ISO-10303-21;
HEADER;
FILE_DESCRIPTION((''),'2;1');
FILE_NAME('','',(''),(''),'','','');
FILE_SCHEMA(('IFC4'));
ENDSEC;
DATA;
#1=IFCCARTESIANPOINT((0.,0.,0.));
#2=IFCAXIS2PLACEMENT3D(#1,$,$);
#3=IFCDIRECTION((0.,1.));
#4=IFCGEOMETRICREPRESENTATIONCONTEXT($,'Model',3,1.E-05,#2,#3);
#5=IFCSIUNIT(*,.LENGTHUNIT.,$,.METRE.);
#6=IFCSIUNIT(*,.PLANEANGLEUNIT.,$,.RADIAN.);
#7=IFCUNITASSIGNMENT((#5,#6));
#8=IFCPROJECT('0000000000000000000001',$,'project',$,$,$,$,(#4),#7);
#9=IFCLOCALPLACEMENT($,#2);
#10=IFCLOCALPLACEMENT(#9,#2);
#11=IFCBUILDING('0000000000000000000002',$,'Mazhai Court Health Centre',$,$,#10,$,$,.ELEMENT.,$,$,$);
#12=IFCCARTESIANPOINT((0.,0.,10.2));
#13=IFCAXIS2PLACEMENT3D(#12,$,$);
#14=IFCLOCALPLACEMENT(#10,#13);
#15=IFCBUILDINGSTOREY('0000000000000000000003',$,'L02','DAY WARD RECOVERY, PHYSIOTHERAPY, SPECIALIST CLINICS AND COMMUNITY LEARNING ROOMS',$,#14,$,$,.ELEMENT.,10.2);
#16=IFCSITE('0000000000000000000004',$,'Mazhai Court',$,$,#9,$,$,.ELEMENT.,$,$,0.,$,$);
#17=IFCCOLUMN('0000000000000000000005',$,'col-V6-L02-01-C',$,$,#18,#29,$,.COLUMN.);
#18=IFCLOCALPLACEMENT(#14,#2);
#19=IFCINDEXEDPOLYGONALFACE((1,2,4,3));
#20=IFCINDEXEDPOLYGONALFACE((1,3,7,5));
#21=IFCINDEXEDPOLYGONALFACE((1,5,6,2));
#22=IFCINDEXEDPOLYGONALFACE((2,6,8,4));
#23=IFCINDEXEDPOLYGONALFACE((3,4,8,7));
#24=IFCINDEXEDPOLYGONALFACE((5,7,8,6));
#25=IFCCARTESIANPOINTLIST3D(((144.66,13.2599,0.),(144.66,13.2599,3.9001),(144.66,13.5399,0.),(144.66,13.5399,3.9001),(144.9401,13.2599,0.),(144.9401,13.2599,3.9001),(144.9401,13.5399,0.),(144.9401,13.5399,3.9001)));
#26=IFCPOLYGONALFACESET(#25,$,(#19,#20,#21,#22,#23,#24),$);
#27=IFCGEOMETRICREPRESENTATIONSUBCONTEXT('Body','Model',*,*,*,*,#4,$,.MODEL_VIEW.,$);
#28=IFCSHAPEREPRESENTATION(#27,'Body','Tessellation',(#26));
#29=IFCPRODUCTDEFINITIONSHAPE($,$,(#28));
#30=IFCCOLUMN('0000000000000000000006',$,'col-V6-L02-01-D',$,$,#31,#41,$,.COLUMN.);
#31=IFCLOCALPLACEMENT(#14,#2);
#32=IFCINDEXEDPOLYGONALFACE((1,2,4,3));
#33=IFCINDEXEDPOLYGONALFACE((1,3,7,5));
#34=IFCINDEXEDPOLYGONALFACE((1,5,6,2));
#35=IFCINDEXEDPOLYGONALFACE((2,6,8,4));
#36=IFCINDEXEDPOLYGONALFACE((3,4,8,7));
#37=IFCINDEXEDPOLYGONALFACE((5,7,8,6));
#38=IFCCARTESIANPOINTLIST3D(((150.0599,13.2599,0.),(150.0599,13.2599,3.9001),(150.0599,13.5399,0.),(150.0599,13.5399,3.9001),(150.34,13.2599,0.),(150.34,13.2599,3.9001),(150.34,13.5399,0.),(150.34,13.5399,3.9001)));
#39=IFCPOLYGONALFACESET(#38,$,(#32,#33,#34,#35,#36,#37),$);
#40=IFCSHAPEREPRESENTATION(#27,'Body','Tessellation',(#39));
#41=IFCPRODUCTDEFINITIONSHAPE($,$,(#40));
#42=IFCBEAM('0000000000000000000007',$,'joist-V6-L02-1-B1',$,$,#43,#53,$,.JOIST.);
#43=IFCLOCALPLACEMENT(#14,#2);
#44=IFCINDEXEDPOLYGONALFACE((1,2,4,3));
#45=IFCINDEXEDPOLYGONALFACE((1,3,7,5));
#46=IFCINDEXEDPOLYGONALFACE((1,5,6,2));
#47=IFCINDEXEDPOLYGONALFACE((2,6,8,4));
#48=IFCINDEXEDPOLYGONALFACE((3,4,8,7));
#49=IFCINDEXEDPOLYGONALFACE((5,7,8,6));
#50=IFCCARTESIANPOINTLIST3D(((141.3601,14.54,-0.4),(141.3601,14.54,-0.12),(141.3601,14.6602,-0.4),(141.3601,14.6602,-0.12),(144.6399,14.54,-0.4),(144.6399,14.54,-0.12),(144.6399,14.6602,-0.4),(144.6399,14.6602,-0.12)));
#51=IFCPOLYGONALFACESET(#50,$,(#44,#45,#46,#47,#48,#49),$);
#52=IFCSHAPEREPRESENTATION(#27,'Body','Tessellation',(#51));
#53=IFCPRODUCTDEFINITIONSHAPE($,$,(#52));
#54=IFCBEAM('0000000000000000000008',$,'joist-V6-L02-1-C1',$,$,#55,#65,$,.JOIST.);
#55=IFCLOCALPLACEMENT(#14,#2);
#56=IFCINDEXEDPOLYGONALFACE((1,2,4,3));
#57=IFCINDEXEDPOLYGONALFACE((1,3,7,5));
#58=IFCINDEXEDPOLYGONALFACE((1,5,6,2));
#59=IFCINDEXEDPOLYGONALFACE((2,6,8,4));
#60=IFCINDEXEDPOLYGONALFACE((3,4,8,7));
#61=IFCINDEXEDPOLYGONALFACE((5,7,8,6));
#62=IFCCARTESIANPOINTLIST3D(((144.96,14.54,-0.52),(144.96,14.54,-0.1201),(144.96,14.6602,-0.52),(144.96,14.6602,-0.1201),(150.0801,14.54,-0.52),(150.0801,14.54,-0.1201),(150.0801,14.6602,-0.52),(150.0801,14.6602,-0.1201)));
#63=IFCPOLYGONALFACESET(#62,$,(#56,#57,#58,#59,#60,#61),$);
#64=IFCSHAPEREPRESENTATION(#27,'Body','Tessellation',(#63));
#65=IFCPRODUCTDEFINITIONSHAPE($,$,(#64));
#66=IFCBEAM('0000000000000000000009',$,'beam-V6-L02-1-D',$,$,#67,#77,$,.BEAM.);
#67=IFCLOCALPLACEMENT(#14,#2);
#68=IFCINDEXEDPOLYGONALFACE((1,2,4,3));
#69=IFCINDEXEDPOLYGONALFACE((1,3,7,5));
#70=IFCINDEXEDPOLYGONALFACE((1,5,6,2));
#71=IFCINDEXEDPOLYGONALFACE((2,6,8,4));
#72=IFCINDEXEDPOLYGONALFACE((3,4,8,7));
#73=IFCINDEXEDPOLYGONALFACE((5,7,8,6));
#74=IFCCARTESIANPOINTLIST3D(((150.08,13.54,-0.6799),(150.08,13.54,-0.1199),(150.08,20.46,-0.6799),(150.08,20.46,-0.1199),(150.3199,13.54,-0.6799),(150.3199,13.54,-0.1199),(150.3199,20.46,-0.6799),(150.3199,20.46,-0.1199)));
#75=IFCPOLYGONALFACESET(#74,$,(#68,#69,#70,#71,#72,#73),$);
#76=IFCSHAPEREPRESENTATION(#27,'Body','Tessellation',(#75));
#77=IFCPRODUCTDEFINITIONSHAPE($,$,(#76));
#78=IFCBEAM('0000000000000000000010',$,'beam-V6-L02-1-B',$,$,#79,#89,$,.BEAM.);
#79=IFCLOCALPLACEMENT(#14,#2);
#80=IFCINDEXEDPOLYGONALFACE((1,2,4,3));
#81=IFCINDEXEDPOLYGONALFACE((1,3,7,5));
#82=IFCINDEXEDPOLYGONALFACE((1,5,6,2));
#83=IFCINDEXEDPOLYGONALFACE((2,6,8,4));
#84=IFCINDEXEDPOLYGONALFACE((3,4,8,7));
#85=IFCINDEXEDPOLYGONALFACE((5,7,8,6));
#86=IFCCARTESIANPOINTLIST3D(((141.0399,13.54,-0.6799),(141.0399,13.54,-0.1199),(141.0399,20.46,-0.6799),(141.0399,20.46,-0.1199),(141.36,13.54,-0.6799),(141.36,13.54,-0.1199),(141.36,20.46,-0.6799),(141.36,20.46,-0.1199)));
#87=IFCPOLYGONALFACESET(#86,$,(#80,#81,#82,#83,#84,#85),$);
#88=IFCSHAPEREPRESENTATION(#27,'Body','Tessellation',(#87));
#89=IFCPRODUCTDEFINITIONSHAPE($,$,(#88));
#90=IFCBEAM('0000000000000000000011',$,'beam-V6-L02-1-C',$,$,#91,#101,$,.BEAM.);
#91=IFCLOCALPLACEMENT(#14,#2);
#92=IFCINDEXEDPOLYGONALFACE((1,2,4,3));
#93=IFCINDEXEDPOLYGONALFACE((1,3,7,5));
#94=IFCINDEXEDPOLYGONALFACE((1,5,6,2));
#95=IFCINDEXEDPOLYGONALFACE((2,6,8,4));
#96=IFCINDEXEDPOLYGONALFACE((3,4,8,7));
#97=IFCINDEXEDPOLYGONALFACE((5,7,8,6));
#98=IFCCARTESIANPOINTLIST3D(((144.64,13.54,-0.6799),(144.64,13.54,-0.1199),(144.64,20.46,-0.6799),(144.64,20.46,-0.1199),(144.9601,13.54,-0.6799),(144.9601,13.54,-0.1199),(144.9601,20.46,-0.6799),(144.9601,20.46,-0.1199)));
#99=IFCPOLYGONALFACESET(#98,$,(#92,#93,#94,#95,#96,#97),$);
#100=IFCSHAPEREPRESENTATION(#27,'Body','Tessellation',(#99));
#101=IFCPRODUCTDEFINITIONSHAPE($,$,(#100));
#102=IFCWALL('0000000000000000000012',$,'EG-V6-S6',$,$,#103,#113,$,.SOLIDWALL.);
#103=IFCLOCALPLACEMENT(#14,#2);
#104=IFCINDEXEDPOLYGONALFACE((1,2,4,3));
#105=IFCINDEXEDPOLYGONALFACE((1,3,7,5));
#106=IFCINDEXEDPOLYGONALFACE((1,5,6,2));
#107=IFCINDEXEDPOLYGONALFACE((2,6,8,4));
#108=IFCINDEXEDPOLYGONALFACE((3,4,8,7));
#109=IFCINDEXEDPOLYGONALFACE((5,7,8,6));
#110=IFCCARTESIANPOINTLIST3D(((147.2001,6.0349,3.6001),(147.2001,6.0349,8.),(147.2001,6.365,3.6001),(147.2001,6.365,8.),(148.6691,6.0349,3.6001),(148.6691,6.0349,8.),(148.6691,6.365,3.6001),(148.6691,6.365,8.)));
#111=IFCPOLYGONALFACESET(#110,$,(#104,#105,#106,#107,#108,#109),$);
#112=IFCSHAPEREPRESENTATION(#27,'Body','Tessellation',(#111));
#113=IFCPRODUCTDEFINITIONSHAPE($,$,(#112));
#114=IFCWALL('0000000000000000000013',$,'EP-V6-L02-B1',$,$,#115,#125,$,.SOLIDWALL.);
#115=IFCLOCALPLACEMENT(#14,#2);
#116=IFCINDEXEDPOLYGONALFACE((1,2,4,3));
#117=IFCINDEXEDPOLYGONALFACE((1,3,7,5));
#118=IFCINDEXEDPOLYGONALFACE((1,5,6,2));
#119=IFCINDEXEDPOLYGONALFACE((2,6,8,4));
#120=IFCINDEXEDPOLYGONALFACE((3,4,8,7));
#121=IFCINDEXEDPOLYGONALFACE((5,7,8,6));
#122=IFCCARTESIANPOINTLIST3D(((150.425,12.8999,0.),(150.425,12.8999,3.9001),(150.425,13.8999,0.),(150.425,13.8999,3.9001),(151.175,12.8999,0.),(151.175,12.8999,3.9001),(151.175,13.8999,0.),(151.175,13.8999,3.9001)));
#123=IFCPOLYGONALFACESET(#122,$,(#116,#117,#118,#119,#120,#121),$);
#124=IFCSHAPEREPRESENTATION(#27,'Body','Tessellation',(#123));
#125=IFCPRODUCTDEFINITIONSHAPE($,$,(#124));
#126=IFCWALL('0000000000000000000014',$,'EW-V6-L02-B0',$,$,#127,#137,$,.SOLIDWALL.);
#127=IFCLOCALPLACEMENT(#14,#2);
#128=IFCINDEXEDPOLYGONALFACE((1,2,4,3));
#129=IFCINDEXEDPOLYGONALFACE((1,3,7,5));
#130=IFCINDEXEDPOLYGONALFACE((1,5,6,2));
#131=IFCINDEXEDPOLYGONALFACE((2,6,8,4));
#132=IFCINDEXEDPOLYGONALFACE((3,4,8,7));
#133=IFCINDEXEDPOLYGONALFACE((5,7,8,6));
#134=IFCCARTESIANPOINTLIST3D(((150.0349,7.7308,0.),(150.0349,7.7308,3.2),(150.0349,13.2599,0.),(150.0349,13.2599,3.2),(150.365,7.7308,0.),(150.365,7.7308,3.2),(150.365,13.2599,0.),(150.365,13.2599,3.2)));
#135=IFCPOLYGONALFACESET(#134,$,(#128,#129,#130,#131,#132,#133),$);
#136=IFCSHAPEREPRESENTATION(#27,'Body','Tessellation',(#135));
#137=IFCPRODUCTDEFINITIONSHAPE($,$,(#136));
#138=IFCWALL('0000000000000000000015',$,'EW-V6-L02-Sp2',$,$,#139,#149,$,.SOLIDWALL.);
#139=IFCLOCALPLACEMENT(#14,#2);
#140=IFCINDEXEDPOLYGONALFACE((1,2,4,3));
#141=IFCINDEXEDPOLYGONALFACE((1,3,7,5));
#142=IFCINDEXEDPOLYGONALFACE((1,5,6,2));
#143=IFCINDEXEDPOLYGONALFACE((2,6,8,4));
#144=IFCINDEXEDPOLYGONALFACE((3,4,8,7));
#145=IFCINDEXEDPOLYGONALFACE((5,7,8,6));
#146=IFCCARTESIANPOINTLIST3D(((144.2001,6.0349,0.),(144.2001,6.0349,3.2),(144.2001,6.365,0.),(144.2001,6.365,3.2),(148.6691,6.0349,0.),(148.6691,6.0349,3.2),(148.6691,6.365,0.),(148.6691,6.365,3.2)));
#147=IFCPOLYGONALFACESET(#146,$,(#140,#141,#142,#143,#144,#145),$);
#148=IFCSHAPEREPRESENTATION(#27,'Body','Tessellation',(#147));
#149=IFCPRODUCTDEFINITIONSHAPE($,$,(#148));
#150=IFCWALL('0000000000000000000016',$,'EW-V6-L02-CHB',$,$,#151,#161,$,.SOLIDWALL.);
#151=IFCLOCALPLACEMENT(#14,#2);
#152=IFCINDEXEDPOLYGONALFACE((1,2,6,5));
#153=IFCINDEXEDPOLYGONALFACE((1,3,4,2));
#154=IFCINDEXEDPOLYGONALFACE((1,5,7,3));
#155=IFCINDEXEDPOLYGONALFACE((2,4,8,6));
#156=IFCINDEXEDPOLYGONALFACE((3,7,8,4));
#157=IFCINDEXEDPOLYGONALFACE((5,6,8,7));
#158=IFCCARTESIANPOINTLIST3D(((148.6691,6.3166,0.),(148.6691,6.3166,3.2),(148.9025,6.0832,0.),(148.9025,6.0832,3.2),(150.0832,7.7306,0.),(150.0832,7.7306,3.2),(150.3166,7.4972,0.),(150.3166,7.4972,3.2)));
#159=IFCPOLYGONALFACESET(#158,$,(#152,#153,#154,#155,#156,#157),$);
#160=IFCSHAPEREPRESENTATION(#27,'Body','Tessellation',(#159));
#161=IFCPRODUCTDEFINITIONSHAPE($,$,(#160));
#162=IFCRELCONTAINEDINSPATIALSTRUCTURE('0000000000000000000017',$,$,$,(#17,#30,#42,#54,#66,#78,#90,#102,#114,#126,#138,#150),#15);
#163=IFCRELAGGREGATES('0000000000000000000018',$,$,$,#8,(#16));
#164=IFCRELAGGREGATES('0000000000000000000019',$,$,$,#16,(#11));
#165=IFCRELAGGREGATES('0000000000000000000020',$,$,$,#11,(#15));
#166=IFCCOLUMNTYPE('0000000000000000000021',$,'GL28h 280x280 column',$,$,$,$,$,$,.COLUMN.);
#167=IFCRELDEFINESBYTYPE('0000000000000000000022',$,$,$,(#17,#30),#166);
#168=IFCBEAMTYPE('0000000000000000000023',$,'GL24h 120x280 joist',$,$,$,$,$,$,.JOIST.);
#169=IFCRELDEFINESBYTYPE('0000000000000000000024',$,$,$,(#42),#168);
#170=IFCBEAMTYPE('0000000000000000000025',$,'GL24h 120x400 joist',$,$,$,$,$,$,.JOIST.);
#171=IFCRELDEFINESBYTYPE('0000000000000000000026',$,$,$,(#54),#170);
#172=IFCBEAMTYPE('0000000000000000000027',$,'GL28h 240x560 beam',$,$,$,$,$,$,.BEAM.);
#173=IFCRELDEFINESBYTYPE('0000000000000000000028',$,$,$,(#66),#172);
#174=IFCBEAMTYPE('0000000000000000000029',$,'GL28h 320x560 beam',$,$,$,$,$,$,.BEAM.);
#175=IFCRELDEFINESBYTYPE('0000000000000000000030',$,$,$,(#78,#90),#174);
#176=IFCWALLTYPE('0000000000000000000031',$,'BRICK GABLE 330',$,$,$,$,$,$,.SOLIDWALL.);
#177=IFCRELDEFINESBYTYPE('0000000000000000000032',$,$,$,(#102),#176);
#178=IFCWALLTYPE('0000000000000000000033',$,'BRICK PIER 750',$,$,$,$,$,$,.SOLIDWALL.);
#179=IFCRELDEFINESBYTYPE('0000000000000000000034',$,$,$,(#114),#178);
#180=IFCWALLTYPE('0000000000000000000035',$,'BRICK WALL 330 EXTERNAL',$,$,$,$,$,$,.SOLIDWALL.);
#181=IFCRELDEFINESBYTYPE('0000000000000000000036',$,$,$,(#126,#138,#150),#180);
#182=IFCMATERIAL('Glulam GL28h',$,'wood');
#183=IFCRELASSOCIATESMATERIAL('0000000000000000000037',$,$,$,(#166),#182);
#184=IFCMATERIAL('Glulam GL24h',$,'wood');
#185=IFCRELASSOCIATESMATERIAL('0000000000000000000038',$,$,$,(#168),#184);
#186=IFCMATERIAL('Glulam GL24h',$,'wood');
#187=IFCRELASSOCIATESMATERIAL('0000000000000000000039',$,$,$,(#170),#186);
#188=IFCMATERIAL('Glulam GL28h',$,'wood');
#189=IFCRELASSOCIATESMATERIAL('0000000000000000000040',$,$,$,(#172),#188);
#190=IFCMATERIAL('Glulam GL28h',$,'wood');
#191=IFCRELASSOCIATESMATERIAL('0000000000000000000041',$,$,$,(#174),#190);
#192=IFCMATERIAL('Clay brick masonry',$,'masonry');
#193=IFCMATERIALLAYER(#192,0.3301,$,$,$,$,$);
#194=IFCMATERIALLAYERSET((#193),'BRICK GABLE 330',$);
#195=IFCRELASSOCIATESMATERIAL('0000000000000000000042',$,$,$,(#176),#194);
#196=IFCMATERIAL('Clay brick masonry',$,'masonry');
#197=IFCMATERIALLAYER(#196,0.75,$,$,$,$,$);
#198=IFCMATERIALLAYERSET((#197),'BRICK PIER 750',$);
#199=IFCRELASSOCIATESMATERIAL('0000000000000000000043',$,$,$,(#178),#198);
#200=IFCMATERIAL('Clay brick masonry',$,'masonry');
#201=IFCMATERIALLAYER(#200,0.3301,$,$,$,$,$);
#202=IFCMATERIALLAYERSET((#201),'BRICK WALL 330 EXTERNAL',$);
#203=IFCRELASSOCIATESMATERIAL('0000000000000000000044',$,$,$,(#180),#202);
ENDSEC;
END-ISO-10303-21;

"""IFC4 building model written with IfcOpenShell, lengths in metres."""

from ifc_helpers import new_model, si_unit, direction, frame, frame_2d, origin, origin_2d, place, context, subcontext, project, spatial, rectangle, extrude, material, layer, layer_set, material_profile, profile_set, type_object, element, save


model = new_model("IFC4")

# Units and contexts
model_context = context("Model", 3, precision=1e-05, world=origin(), true_north=direction((0.0, 1.0)))
body_context = subcontext(model_context, "Body", "Model", "MODEL_VIEW")
ifc_project = project(units=[si_unit("LENGTHUNIT", "METRE"), si_unit("PLANEANGLEUNIT", "RADIAN")], contexts=[model_context])

# Site, building, storey
site_placement = place(None, origin())
site = spatial("IfcSite", under=ifc_project, at=site_placement, Name="Mazhai Court", CompositionType="ELEMENT", RefElevation=0.0)
building_placement = place(site_placement, origin())
building = spatial("IfcBuilding", under=site, at=building_placement, Name="Mazhai Court Health Centre", CompositionType="ELEMENT")
storey_placement = place(building_placement, frame((0.0, 0.0, 10.2)))
storey = spatial("IfcBuildingStorey", under=building, at=storey_placement, Name="L02", Description="DAY WARD RECOVERY, PHYSIOTHERAPY, SPECIALIST CLINICS AND COMMUNITY LEARNING ROOMS", CompositionType="ELEMENT", Elevation=10.2)

# Columns
ifc_material_1 = material(Name="Glulam GL28h", Category="wood")
ifc_material_profile_1 = material_profile(ifc_material_1, rectangle(XDim=0.28, YDim=0.28, at=origin_2d()), Name="GL28h 280x280")
ifc_profile_set_1 = profile_set([ifc_material_profile_1], Name="Glulam GL28h")
column_type = type_object("IfcColumnType", Name="GL28h 280x280 column", PredefinedType="COLUMN", material=ifc_profile_set_1)
for number, where, z_axis, x_axis, name in (
    (1, (144.8, 13.3999, 0.0), (0.0, 0.0, 1.0), (1.0, 0.0, 0.0), "col-V6-L02-01-C"),
    (2, (150.2, 13.3999, 0.0), (0.0, 0.0, 1.0), (1.0, 0.0, 0.0), "col-V6-L02-01-D"),
):
    element("IfcColumn", number, at=place(storey_placement, frame(where, z_axis=z_axis, x_axis=x_axis)), inside=storey, type_object=column_type, Name=name, PredefinedType="COLUMN", context=body_context, shape_type="SweptSolid", body=[
        extrude(rectangle(XDim=0.28, YDim=0.28, at=origin_2d()), origin(), (0.0, 0.0, 1.0), 3.9001),
    ])

# Beams
ifc_material_2 = material(Name="Glulam GL24h", Category="wood")
ifc_material_profile_2 = material_profile(ifc_material_2, rectangle(XDim=0.1201, YDim=0.28, at=origin_2d()), Name="GL24h 120x280")
ifc_profile_set_2 = profile_set([ifc_material_profile_2], Name="Glulam GL24h")
beam_type_1 = type_object("IfcBeamType", Name="GL24h 120x280 joist", PredefinedType="JOIST", material=ifc_profile_set_2)
beam_1_placement = place(storey_placement, frame((141.3601, 14.6001, -0.26), z_axis=(1.0, 0.0, 0.0), x_axis=(0.0, 1.0, 0.0)))
element("IfcBeam", 3, at=beam_1_placement, inside=storey, type_object=beam_type_1, Name="joist-V6-L02-1-B1", PredefinedType="JOIST", context=body_context, shape_type="SweptSolid", body=[
    extrude(rectangle(XDim=0.1201, YDim=0.28, at=origin_2d()), origin(), (0.0, 0.0, 1.0), 3.2798),
])
ifc_material_3 = material(Name="Glulam GL24h", Category="wood")
ifc_material_profile_3 = material_profile(ifc_material_3, rectangle(XDim=0.1201, YDim=0.3999, at=origin_2d()), Name="GL24h 120x400")
ifc_profile_set_3 = profile_set([ifc_material_profile_3], Name="Glulam GL24h")
beam_type_2 = type_object("IfcBeamType", Name="GL24h 120x400 joist", PredefinedType="JOIST", material=ifc_profile_set_3)
beam_2_placement = place(storey_placement, frame((144.96, 14.6001, -0.3201), z_axis=(1.0, 0.0, 0.0), x_axis=(0.0, 1.0, 0.0)))
element("IfcBeam", 4, at=beam_2_placement, inside=storey, type_object=beam_type_2, Name="joist-V6-L02-1-C1", PredefinedType="JOIST", context=body_context, shape_type="SweptSolid", body=[
    extrude(rectangle(XDim=0.1201, YDim=0.3999, at=origin_2d()), origin(), (0.0, 0.0, 1.0), 5.1201),
])
ifc_material_4 = material(Name="Glulam GL28h", Category="wood")
ifc_material_profile_4 = material_profile(ifc_material_4, rectangle(XDim=0.24, YDim=0.5601, at=origin_2d()), Name="GL28h 240x560")
ifc_profile_set_4 = profile_set([ifc_material_profile_4], Name="Glulam GL28h")
beam_type_3 = type_object("IfcBeamType", Name="GL28h 240x560 beam", PredefinedType="BEAM", material=ifc_profile_set_4)
beam_3_placement = place(storey_placement, frame((150.2, 13.54, -0.3999), z_axis=(0.0, 1.0, 0.0), x_axis=(-1.0, 0.0, 0.0)))
element("IfcBeam", 5, at=beam_3_placement, inside=storey, type_object=beam_type_3, Name="beam-V6-L02-1-D", PredefinedType="BEAM", context=body_context, shape_type="SweptSolid", body=[
    extrude(rectangle(XDim=0.24, YDim=0.5601, at=origin_2d()), origin(), (0.0, 0.0, 1.0), 6.9199),
])
ifc_material_5 = material(Name="Glulam GL28h", Category="wood")
ifc_material_profile_5 = material_profile(ifc_material_5, rectangle(XDim=0.3201, YDim=0.5601, at=origin_2d()), Name="GL28h 320x560")
ifc_profile_set_5 = profile_set([ifc_material_profile_5], Name="Glulam GL28h")
beam_type_4 = type_object("IfcBeamType", Name="GL28h 320x560 beam", PredefinedType="BEAM", material=ifc_profile_set_5)
for number, where, z_axis, x_axis, name in (
    (6, (141.2, 13.54, -0.3999), (0.0, 1.0, 0.0), (-1.0, 0.0, 0.0), "beam-V6-L02-1-B"),
    (7, (144.8, 13.54, -0.3999), (0.0, 1.0, 0.0), (-1.0, 0.0, 0.0), "beam-V6-L02-1-C"),
):
    element("IfcBeam", number, at=place(storey_placement, frame(where, z_axis=z_axis, x_axis=x_axis)), inside=storey, type_object=beam_type_4, Name=name, PredefinedType="BEAM", context=body_context, shape_type="SweptSolid", body=[
        extrude(rectangle(XDim=0.3201, YDim=0.5601, at=origin_2d()), origin(), (0.0, 0.0, 1.0), 6.9199),
    ])

# Walls
ifc_material_6 = material(Name="Clay brick masonry", Category="masonry")
ifc_layer_1 = layer(ifc_material_6, 0.3301)
ifc_layer_set_1 = layer_set([ifc_layer_1], Name="BRICK GABLE 330")
wall_type_1 = type_object("IfcWallType", Name="BRICK GABLE 330", PredefinedType="SOLIDWALL", material=ifc_layer_set_1)
wall_1_placement = place(storey_placement, frame((148.6689, 6.2, 3.6001), z_axis=(0.0, 0.0, 1.0), x_axis=(-1.0, 0.0, 0.0)))
element("IfcWall", 8, at=wall_1_placement, inside=storey, type_object=wall_type_1, Name="EG-V6-S6", PredefinedType="SOLIDWALL", context=body_context, shape_type="SweptSolid", body=[
    extrude(rectangle(XDim=1.469, YDim=0.3301, at=frame_2d((0.7344, 0.0))), origin(), (0.0, 0.0, 1.0), 4.3999),
])
ifc_material_7 = material(Name="Clay brick masonry", Category="masonry")
ifc_layer_2 = layer(ifc_material_7, 0.75)
ifc_layer_set_2 = layer_set([ifc_layer_2], Name="BRICK PIER 750")
wall_type_2 = type_object("IfcWallType", Name="BRICK PIER 750", PredefinedType="SOLIDWALL", material=ifc_layer_set_2)
wall_2_placement = place(storey_placement, frame((150.8, 13.8999, 0.0), z_axis=(0.0, 0.0, 1.0), x_axis=(0.0, -1.0, 0.0)))
element("IfcWall", 9, at=wall_2_placement, inside=storey, type_object=wall_type_2, Name="EP-V6-L02-B1", PredefinedType="SOLIDWALL", context=body_context, shape_type="SweptSolid", body=[
    extrude(rectangle(XDim=1.0, YDim=0.75, at=frame_2d((0.5, 0.0))), origin(), (0.0, 0.0, 1.0), 3.9001),
])
ifc_material_8 = material(Name="Clay brick masonry", Category="masonry")
ifc_layer_3 = layer(ifc_material_8, 0.3301)
ifc_layer_set_3 = layer_set([ifc_layer_3], Name="BRICK WALL 330 EXTERNAL")
wall_type_3 = type_object("IfcWallType", Name="BRICK WALL 330 EXTERNAL", PredefinedType="SOLIDWALL", material=ifc_layer_set_3)
wall_3_placement = place(storey_placement, frame((150.2, 13.26, 0.0), z_axis=(0.0, 0.0, 1.0), x_axis=(0.0, -1.0, 0.0)))
element("IfcWall", 10, at=wall_3_placement, inside=storey, type_object=wall_type_3, Name="EW-V6-L02-B0", PredefinedType="SOLIDWALL", context=body_context, shape_type="SweptSolid", body=[
    extrude(rectangle(XDim=5.5291, YDim=0.3301, at=frame_2d((2.7646, 0.0))), origin(), (0.0, 0.0, 1.0), 3.2),
])
wall_4_placement = place(storey_placement, frame((148.6689, 6.2, 0.0), z_axis=(0.0, 0.0, 1.0), x_axis=(-1.0, 0.0, 0.0)))
element("IfcWall", 11, at=wall_4_placement, inside=storey, type_object=wall_type_3, Name="EW-V6-L02-Sp2", PredefinedType="SOLIDWALL", context=body_context, shape_type="SweptSolid", body=[
    extrude(rectangle(XDim=4.469, YDim=0.3301, at=frame_2d((2.2344, 0.0))), origin(), (0.0, 0.0, 1.0), 3.2),
])
wall_5_placement = place(storey_placement, frame((150.2, 7.614, 0.0), z_axis=(0.0, 0.0, 1.0), x_axis=(-0.707107, -0.707107, 0.0)))
element("IfcWall", 12, at=wall_5_placement, inside=storey, type_object=wall_type_3, Name="EW-V6-L02-CHB", PredefinedType="SOLIDWALL", context=body_context, shape_type="SweptSolid", body=[
    extrude(rectangle(XDim=1.9998, YDim=0.3301, at=frame_2d((1.0, 0.0))), origin(), (0.0, 0.0, 1.0), 3.2),
])

save(model, "model.ifc")
